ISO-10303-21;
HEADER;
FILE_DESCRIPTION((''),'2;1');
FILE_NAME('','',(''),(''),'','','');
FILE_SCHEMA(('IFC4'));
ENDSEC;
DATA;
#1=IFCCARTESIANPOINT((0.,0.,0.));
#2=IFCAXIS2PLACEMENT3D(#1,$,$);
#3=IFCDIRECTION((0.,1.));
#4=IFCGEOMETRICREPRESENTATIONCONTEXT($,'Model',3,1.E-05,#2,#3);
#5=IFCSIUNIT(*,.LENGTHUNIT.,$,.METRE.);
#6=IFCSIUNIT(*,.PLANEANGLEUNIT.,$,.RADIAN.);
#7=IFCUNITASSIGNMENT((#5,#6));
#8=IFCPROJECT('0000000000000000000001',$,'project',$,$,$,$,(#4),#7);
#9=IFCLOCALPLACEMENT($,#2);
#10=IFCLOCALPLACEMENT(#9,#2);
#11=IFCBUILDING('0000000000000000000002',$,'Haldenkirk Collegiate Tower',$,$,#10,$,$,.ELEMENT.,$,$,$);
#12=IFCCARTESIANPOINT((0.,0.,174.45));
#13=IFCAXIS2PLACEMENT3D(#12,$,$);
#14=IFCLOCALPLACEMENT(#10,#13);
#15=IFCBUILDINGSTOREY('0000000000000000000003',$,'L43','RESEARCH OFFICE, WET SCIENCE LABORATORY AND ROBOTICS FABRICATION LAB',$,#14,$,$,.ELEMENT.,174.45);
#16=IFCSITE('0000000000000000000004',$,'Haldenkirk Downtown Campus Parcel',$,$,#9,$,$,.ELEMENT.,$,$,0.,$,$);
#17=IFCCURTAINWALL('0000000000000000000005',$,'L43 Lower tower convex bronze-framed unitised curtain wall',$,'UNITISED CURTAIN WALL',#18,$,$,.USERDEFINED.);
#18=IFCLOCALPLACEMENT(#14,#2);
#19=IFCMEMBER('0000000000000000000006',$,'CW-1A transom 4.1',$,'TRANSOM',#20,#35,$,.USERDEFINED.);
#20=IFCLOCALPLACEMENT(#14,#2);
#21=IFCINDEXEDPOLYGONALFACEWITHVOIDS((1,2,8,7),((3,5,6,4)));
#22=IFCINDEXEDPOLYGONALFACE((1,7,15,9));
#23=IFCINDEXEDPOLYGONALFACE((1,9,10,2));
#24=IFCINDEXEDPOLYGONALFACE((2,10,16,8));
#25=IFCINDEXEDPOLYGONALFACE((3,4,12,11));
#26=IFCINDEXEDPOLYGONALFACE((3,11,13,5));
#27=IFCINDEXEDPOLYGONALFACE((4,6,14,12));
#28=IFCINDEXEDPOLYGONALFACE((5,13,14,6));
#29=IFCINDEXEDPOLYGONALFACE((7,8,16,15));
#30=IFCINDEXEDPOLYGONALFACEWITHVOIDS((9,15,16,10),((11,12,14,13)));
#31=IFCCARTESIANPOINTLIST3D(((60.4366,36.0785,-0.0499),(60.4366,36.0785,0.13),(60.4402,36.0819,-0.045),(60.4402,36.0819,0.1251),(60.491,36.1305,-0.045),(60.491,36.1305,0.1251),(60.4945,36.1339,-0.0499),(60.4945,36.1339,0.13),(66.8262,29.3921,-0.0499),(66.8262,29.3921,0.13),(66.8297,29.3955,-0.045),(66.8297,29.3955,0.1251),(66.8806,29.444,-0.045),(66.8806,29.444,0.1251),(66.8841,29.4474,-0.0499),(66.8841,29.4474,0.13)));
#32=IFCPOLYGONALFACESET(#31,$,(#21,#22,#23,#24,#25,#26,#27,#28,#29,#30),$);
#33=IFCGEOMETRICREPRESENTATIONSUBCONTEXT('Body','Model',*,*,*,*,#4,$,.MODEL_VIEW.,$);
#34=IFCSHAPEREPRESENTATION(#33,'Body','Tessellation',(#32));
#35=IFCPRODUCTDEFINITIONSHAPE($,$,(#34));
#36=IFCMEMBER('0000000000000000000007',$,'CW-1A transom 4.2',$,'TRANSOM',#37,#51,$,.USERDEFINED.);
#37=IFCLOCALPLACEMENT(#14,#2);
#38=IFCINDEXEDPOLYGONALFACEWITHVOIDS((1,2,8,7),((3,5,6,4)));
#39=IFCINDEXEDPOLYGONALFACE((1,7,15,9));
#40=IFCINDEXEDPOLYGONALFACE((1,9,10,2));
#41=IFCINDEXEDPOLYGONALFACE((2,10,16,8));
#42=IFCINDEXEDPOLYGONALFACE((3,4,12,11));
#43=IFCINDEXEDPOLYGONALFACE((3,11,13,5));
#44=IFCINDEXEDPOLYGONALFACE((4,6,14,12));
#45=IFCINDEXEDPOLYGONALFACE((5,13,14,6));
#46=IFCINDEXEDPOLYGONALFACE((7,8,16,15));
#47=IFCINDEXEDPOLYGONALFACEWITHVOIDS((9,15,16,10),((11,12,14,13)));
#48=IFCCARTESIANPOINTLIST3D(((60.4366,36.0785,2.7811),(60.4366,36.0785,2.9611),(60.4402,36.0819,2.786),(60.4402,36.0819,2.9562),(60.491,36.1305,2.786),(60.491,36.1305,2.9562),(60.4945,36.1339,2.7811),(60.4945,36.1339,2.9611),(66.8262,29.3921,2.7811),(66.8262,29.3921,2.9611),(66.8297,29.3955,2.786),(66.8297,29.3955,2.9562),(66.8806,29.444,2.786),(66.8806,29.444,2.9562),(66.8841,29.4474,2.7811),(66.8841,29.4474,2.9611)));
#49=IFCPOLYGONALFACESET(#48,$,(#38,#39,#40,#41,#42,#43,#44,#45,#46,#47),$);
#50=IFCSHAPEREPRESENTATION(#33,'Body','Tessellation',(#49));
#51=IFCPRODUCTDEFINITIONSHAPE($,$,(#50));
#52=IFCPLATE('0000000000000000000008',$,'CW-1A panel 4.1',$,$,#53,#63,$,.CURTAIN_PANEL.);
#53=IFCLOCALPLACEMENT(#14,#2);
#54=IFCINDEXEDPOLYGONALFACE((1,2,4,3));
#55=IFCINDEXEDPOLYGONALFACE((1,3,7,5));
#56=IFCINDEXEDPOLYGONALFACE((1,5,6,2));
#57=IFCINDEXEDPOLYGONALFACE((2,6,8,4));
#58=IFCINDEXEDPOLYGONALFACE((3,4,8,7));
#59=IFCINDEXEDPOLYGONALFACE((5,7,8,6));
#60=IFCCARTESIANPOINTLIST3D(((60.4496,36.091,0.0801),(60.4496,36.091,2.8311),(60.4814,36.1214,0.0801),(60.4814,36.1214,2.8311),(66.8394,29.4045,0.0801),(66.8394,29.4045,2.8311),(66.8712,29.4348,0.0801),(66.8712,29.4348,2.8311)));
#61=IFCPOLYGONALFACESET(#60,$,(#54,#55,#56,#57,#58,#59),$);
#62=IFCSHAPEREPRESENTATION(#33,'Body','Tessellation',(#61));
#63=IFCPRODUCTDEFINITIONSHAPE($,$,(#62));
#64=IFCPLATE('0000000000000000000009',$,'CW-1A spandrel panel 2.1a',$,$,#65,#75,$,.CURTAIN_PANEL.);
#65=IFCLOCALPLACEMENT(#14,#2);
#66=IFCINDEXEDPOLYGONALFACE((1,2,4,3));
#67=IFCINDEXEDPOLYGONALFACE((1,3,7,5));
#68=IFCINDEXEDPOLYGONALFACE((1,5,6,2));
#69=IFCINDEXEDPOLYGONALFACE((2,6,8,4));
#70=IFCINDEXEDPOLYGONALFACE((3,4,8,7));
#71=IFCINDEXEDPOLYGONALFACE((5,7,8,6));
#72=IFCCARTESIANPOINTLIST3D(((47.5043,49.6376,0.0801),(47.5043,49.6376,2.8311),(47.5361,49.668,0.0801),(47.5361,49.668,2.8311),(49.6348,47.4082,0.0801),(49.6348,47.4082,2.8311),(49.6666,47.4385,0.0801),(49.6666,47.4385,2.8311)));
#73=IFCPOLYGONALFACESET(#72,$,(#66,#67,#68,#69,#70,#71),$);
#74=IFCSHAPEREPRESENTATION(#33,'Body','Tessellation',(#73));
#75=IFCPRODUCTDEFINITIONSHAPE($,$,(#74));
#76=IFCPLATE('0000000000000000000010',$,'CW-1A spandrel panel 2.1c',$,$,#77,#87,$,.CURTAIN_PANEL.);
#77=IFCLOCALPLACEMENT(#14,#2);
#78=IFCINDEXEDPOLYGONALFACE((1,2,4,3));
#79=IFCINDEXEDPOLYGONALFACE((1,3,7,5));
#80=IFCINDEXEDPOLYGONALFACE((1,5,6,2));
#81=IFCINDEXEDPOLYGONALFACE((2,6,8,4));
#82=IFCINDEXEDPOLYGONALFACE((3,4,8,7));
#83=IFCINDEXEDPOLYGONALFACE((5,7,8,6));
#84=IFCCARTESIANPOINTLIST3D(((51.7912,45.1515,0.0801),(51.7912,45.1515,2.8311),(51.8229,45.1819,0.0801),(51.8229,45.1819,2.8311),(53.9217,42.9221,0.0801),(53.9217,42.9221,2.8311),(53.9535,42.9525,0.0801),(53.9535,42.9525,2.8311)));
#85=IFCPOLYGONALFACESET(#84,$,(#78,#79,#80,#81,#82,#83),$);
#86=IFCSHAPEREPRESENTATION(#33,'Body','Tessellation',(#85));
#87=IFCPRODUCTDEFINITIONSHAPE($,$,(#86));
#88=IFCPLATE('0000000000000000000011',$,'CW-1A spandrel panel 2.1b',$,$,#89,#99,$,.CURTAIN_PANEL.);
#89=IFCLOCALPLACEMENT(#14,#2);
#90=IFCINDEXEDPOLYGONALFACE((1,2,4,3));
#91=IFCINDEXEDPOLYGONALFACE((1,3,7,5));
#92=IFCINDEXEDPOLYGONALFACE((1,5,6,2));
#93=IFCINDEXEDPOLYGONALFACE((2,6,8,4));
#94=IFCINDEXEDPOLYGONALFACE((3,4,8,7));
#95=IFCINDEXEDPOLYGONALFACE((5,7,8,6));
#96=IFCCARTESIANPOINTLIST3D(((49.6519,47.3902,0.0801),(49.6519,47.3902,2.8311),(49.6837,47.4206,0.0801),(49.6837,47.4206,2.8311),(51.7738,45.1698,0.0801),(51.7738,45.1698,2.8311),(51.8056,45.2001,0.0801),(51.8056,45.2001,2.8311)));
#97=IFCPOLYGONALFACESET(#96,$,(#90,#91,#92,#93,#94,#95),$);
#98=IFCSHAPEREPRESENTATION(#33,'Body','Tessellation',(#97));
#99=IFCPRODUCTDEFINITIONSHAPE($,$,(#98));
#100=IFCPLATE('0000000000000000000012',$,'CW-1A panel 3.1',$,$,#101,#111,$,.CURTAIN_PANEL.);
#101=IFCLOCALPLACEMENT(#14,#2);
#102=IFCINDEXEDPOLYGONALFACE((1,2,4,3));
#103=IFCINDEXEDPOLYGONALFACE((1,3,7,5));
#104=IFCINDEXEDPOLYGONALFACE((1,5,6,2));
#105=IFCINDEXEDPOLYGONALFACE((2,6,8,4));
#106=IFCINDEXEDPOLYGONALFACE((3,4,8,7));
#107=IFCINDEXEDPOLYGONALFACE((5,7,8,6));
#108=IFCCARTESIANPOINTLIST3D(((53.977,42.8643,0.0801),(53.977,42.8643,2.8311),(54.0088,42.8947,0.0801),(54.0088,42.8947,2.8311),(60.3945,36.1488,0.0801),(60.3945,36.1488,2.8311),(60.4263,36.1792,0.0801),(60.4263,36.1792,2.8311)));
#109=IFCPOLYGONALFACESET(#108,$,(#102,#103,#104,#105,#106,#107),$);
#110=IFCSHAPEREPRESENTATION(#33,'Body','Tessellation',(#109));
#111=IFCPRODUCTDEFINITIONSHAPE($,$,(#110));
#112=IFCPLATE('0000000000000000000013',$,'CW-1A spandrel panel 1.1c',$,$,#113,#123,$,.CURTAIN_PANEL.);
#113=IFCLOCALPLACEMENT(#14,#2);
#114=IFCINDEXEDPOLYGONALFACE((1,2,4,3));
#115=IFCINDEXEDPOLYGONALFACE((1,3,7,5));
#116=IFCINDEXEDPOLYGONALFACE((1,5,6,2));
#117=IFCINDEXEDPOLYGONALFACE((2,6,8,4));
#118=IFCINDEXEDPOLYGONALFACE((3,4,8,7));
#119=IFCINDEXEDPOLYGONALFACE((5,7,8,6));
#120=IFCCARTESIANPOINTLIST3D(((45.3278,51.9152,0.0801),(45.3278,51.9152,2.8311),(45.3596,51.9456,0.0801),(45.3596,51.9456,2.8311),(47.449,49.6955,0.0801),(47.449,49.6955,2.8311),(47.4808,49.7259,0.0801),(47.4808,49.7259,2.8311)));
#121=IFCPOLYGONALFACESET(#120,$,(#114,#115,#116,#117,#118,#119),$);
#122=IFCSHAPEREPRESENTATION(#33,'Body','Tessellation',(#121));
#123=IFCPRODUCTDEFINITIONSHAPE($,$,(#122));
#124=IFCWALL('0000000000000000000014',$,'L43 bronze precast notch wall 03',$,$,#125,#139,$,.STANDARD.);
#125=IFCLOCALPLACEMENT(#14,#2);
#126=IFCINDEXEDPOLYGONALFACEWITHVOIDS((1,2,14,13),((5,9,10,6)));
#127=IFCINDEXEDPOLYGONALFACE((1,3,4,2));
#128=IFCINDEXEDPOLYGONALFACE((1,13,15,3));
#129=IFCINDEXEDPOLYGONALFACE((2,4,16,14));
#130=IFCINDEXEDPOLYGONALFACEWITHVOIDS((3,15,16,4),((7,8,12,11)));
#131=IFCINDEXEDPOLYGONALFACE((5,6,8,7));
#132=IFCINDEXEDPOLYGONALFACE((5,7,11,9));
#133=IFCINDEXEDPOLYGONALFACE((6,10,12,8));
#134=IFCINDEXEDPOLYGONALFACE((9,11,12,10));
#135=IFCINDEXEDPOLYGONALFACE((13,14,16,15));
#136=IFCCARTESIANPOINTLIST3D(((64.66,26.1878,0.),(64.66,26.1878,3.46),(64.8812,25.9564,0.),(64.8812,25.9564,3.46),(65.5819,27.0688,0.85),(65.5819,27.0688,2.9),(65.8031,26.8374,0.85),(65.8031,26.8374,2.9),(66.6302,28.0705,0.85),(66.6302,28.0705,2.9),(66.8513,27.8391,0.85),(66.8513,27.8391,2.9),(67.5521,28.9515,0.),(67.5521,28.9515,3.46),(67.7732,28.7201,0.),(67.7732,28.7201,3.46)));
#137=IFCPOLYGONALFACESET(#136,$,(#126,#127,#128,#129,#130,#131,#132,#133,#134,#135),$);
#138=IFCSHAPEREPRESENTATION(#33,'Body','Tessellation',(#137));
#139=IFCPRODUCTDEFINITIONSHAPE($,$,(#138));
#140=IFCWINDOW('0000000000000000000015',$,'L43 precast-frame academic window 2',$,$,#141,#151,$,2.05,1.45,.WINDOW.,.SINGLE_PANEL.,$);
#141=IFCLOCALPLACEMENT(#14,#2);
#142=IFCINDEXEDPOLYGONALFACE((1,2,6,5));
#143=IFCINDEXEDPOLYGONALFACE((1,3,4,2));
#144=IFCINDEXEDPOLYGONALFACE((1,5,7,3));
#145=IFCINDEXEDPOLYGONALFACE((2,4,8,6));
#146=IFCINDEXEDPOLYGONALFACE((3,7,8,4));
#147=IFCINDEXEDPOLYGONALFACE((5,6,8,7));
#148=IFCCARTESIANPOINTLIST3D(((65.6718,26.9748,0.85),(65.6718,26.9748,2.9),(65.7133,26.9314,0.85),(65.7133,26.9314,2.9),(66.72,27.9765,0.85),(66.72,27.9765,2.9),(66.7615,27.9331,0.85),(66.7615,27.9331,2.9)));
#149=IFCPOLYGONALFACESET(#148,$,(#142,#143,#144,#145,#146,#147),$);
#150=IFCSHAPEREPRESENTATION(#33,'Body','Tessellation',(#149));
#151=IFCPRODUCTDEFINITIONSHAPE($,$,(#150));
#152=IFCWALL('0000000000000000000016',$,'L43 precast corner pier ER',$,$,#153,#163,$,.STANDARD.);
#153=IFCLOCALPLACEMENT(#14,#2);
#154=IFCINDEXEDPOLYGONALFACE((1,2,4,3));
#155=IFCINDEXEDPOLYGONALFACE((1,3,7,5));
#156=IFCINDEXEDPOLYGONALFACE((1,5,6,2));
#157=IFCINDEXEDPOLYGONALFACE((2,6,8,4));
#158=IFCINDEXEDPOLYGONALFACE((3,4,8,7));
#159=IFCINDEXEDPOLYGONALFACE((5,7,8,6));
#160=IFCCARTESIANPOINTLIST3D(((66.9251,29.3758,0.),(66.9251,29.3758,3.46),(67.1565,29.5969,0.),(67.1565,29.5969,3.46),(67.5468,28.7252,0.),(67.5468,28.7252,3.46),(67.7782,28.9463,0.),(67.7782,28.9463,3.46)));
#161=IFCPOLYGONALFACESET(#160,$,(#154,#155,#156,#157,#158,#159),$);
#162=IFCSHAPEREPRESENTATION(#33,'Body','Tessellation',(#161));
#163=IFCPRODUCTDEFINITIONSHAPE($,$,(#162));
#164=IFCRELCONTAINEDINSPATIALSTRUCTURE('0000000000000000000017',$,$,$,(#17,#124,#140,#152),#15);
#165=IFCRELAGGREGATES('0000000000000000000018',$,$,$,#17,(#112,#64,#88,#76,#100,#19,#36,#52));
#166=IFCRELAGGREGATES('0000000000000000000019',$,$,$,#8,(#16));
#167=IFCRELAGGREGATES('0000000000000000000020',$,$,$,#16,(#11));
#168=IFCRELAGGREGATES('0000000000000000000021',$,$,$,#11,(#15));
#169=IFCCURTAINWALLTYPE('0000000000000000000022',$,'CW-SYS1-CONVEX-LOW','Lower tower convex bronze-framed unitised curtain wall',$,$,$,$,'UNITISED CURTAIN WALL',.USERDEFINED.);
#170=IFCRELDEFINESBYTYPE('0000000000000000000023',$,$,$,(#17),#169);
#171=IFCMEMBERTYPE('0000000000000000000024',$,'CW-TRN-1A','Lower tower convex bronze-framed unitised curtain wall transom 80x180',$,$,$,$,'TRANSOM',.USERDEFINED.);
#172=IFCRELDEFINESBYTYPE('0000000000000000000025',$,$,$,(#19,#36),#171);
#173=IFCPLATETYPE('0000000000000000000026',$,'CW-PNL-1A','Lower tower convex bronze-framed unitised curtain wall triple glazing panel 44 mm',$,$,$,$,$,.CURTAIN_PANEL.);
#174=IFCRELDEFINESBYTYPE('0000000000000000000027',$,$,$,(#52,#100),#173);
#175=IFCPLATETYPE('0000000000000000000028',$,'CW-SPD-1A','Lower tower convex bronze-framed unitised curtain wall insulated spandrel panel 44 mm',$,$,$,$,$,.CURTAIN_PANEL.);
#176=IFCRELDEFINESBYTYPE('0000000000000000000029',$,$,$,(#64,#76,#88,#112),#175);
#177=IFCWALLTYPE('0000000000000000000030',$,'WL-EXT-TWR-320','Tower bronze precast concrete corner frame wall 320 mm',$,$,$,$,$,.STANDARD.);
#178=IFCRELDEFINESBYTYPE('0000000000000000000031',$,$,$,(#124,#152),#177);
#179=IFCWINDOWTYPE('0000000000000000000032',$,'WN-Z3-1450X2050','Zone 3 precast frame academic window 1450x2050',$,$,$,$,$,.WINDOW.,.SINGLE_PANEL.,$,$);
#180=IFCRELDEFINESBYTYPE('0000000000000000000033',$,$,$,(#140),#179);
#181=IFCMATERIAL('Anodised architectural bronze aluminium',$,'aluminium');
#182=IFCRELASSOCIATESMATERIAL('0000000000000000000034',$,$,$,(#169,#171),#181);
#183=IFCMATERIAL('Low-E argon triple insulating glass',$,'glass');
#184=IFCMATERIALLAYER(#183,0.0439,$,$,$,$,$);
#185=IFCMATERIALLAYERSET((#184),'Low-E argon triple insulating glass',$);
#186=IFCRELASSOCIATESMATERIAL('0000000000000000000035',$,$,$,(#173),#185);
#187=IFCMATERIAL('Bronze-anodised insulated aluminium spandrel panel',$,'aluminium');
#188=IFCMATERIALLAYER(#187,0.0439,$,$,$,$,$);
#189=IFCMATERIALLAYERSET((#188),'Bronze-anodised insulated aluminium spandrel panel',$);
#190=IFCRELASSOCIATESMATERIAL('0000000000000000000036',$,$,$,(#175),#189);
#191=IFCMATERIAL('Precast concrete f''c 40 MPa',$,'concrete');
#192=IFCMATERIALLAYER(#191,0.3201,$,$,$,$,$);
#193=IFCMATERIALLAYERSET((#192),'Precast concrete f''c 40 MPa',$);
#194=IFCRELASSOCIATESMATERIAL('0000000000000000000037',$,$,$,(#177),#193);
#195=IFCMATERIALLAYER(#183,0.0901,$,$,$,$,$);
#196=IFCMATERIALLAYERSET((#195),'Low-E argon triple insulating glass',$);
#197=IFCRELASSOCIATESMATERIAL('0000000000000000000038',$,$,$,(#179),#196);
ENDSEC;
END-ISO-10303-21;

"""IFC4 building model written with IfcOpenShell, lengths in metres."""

from ifc_helpers import new_model, si_unit, direction, frame, frame_2d, origin, origin_2d, place, context, subcontext, project, spatial, rectangle, hollow_rectangle, extrude, source, transform, mapped, material, layer, layer_set, material_profile, profile_set, type_object, element, fill, aggregate, save


model = new_model("IFC4")

# Units and contexts
model_context = context("Model", 3, precision=1e-05, world=origin(), true_north=direction((0.0, 1.0)))
body_context = subcontext(model_context, "Body", "Model", "MODEL_VIEW")
ifc_project = project(units=[si_unit("LENGTHUNIT", "METRE"), si_unit("PLANEANGLEUNIT", "RADIAN")], contexts=[model_context])

# Site, building, storey
site_placement = place(None, origin())
site = spatial("IfcSite", under=ifc_project, at=site_placement, Name="Haldenkirk Downtown Campus Parcel", CompositionType="ELEMENT", RefElevation=0.0)
building_placement = place(site_placement, origin())
building = spatial("IfcBuilding", under=site, at=building_placement, Name="Haldenkirk Collegiate Tower", CompositionType="ELEMENT")
storey_placement = place(building_placement, frame((0.0, 0.0, 174.45)))
storey = spatial("IfcBuildingStorey", under=building, at=storey_placement, Name="L43", Description="RESEARCH OFFICE, WET SCIENCE LABORATORY AND ROBOTICS FABRICATION LAB", CompositionType="ELEMENT", Elevation=174.45)

# Curtain wall, members, plates
ifc_material_1 = material(Name="Anodised architectural bronze aluminium", Category="aluminium")
curtain_wall_type = type_object("IfcCurtainWallType", Name="CW-SYS1-CONVEX-LOW", Description="Lower tower convex bronze-framed unitised curtain wall", ElementType="UNITISED CURTAIN WALL", PredefinedType="USERDEFINED", material=ifc_material_1)
curtain_wall_placement = place(storey_placement, origin())
curtain_wall = element("IfcCurtainWall", 1, at=curtain_wall_placement, inside=storey, type_object=curtain_wall_type, Name="L43 Lower tower convex bronze-framed unitised curtain wall", ObjectType="UNITISED CURTAIN WALL", PredefinedType="USERDEFINED")
ifc_material_profile_1 = material_profile(ifc_material_1, hollow_rectangle(XDim=0.0801, YDim=0.1799, WallThickness=0.0049, at=origin_2d()), Name="CW-TRN-1A")
ifc_profile_set_1 = profile_set([ifc_material_profile_1], Name="Anodised architectural bronze aluminium")
member_type_1 = type_object("IfcMemberType", Name="CW-TRN-1A", Description="Lower tower convex bronze-framed unitised curtain wall transom 80x180", ElementType="TRANSOM", PredefinedType="USERDEFINED", material=ifc_profile_set_1)
member_1_placement = place(storey_placement, frame((60.4656, 36.1062, 0.04), z_axis=(0.690875, -0.722974, 0.0), x_axis=(0.722974, 0.690875, 0.0)))
member_1 = element("IfcMember", 2, at=member_1_placement, type_object=member_type_1, Name="CW-1A transom 4.1", ObjectType="TRANSOM", PredefinedType="USERDEFINED", context=body_context, shape_type="SweptSolid", body=[
    extrude(hollow_rectangle(XDim=0.0801, YDim=0.1799, WallThickness=0.0049, at=origin_2d()), origin(), (0.0, 0.0, 1.0), 9.2485),
])
member_2_placement = place(storey_placement, frame((60.4656, 36.1062, 2.8711), z_axis=(0.690875, -0.722974, 0.0), x_axis=(0.722974, 0.690875, 0.0)))
member_2 = element("IfcMember", 3, at=member_2_placement, type_object=member_type_1, Name="CW-1A transom 4.2", ObjectType="TRANSOM", PredefinedType="USERDEFINED", context=body_context, shape_type="SweptSolid", body=[
    extrude(hollow_rectangle(XDim=0.0801, YDim=0.1799, WallThickness=0.0049, at=origin_2d()), origin(), (0.0, 0.0, 1.0), 9.2485),
])
ifc_material_2 = material(Name="Low-E argon triple insulating glass", Category="glass")
ifc_layer_1 = layer(ifc_material_2, 0.0439)
ifc_layer_set_1 = layer_set([ifc_layer_1], Name="Low-E argon triple insulating glass")
plate_type_1 = type_object("IfcPlateType", Name="CW-PNL-1A", Description="Lower tower convex bronze-framed unitised curtain wall triple glazing panel 44 mm", PredefinedType="CURTAIN_PANEL", material=ifc_layer_set_1)
shared_shape_1 = source(origin(), body_context, "Body", "SweptSolid", [
    extrude(rectangle(XDim=9.2488, YDim=0.0439, at=origin_2d()), origin(), (0.0, 0.0, 1.0), 2.751),
])
plate_1_placement = place(storey_placement, frame((63.6604, 32.7629, 0.0801), z_axis=(0.0, 0.0, 1.0), x_axis=(0.690883, -0.722966, 0.0)))
plate_1 = element("IfcPlate", 4, at=plate_1_placement, type_object=plate_type_1, Name="CW-1A panel 4.1", PredefinedType="CURTAIN_PANEL", context=body_context, shape_type="MappedRepresentation", body=[
    mapped(shared_shape_1, transform((0.0, 0.0, 0.0), x_axis=(1.0, 0.0, 0.0), y_axis=(0.0, 1.0, 0.0), z_axis=(0.0, 0.0, 1.0), scale=1.0)),
])
ifc_material_3 = material(Name="Bronze-anodised insulated aluminium spandrel panel", Category="aluminium")
ifc_layer_2 = layer(ifc_material_3, 0.0439)
ifc_layer_set_2 = layer_set([ifc_layer_2], Name="Bronze-anodised insulated aluminium spandrel panel")
plate_type_2 = type_object("IfcPlateType", Name="CW-SPD-1A", Description="Lower tower convex bronze-framed unitised curtain wall insulated spandrel panel 44 mm", PredefinedType="CURTAIN_PANEL", material=ifc_layer_set_2)
shared_shape_2 = source(origin(), body_context, "Body", "SweptSolid", [
    extrude(rectangle(XDim=3.0837, YDim=0.0439, at=origin_2d()), origin(), (0.0, 0.0, 1.0), 2.751),
])
plate_2_placement = place(storey_placement, frame((48.5854, 48.5381, 0.0801), z_axis=(0.0, 0.0, 1.0), x_axis=(0.690883, -0.722966, 0.0)))
plate_2 = element("IfcPlate", 5, at=plate_2_placement, type_object=plate_type_2, Name="CW-1A spandrel panel 2.1a", PredefinedType="CURTAIN_PANEL", context=body_context, shape_type="MappedRepresentation", body=[
    mapped(shared_shape_2, transform((0.0, 0.0, 0.0), x_axis=(1.0, 0.0, 0.0), y_axis=(0.0, 1.0, 0.0), z_axis=(0.0, 0.0, 1.0), scale=1.0)),
])
plate_3_placement = place(storey_placement, frame((52.8723, 44.052, 0.0801), z_axis=(0.0, 0.0, 1.0), x_axis=(0.690883, -0.722966, 0.0)))
plate_3 = element("IfcPlate", 6, at=plate_3_placement, type_object=plate_type_2, Name="CW-1A spandrel panel 2.1c", PredefinedType="CURTAIN_PANEL", context=body_context, shape_type="MappedRepresentation", body=[
    mapped(shared_shape_2, transform((0.0, 0.0, 0.0), x_axis=(1.0, 0.0, 0.0), y_axis=(0.0, 1.0, 0.0), z_axis=(0.0, 0.0, 1.0), scale=1.0)),
])
shared_shape_3 = source(origin(), body_context, "Body", "SweptSolid", [
    extrude(rectangle(XDim=3.0713, YDim=0.0439, at=origin_2d()), origin(), (0.0, 0.0, 1.0), 2.751),
])
plate_4_placement = place(storey_placement, frame((50.7288, 46.2952, 0.0801), z_axis=(0.0, 0.0, 1.0), x_axis=(0.690883, -0.722966, 0.0)))
plate_4 = element("IfcPlate", 7, at=plate_4_placement, type_object=plate_type_2, Name="CW-1A spandrel panel 2.1b", PredefinedType="CURTAIN_PANEL", context=body_context, shape_type="MappedRepresentation", body=[
    mapped(shared_shape_3, transform((0.0, 0.0, 0.0), x_axis=(1.0, 0.0, 0.0), y_axis=(0.0, 1.0, 0.0), z_axis=(0.0, 0.0, 1.0), scale=1.0)),
])
shared_shape_4 = source(origin(), body_context, "Body", "SweptSolid", [
    extrude(rectangle(XDim=9.2888, YDim=0.0439, at=origin_2d()), origin(), (0.0, 0.0, 1.0), 2.751),
])
plate_5_placement = place(storey_placement, frame((57.2017, 39.5217, 0.0801), z_axis=(0.0, 0.0, 1.0), x_axis=(0.690883, -0.722966, 0.0)))
plate_5 = element("IfcPlate", 8, at=plate_5_placement, type_object=plate_type_1, Name="CW-1A panel 3.1", PredefinedType="CURTAIN_PANEL", context=body_context, shape_type="MappedRepresentation", body=[
    mapped(shared_shape_4, transform((0.0, 0.0, 0.0), x_axis=(1.0, 0.0, 0.0), y_axis=(0.0, 1.0, 0.0), z_axis=(0.0, 0.0, 1.0), scale=1.0)),
])
shared_shape_5 = source(origin(), body_context, "Body", "SweptSolid", [
    extrude(rectangle(XDim=3.0703, YDim=0.0439, at=origin_2d()), origin(), (0.0, 0.0, 1.0), 2.751),
])
plate_6_placement = place(storey_placement, frame((46.4043, 50.8206, 0.0801), z_axis=(0.0, 0.0, 1.0), x_axis=(0.690883, -0.722966, 0.0)))
plate_6 = element("IfcPlate", 9, at=plate_6_placement, type_object=plate_type_2, Name="CW-1A spandrel panel 1.1c", PredefinedType="CURTAIN_PANEL", context=body_context, shape_type="MappedRepresentation", body=[
    mapped(shared_shape_5, transform((0.0, 0.0, 0.0), x_axis=(1.0, 0.0, 0.0), y_axis=(0.0, 1.0, 0.0), z_axis=(0.0, 0.0, 1.0), scale=1.0)),
])
aggregate(curtain_wall, [plate_6, plate_2, plate_4, plate_3, plate_5, member_1, member_2, plate_1])

# Wall, opening, window
ifc_material_4 = material(Name="Precast concrete f'c 40 MPa", Category="concrete")
ifc_layer_3 = layer(ifc_material_4, 0.3201)
ifc_layer_set_3 = layer_set([ifc_layer_3], Name="Precast concrete f'c 40 MPa")
wall_type_1 = type_object("IfcWallType", Name="WL-EXT-TWR-320", Description="Tower bronze precast concrete corner frame wall 320 mm", PredefinedType="STANDARD", material=ifc_layer_set_3)
wall_1_placement = place(storey_placement, frame((67.6626, 28.8357, 0.0), z_axis=(0.0, 0.0, 1.0), x_axis=(-0.722976, -0.690873, 0.0)))
wall_1 = element("IfcWall", 10, at=wall_1_placement, inside=storey, type_object=wall_type_1, Name="L43 bronze precast notch wall 03", PredefinedType="STANDARD", context=body_context, shape_type="SweptSolid", body=[
    extrude(rectangle(XDim=4.0002, YDim=0.3201, at=frame_2d((2.0, 0.0))), origin(), (0.0, 0.0, 1.0), 3.46),
])
opening_placement = place(wall_1_placement, frame((1.2749, 0.0, 0.8501)))
opening = element("IfcOpeningElement", 11, at=opening_placement, cuts=wall_1, PredefinedType="OPENING", context=body_context, shape_type="SweptSolid", body=[
    extrude(rectangle(XDim=1.45, YDim=2.05, at=frame_2d((0.7251, 1.0249))), frame((0.0, 0.1699, 0.0), z_axis=(0.0, -1.0, 0.0), x_axis=(1.0, 0.0, 0.0)), (0.0, 0.0, 1.0), 0.3401),
])
ifc_layer_4 = layer(ifc_material_2, 0.0901)
ifc_layer_set_4 = layer_set([ifc_layer_4], Name="Low-E argon triple insulating glass")
window_type = type_object("IfcWindowType", Name="WN-Z3-1450X2050", Description="Zone 3 precast frame academic window 1450x2050", PartitioningType="SINGLE_PANEL", PredefinedType="WINDOW", material=ifc_layer_set_4)
window_placement = place(opening_placement, origin())
window = element("IfcWindow", 12, at=window_placement, inside=storey, type_object=window_type, Name="L43 precast-frame academic window 2", OverallHeight=2.05, OverallWidth=1.45, PartitioningType="SINGLE_PANEL", PredefinedType="WINDOW", context=body_context, shape_type="SweptSolid", body=[
    extrude(rectangle(XDim=1.45, YDim=2.05, at=frame_2d((0.7251, 1.0249))), frame((0.0, 0.03, 0.0), z_axis=(0.0, -1.0, 0.0), x_axis=(1.0, 0.0, 0.0)), (0.0, 0.0, 1.0), 0.0601),
])
fill(opening, window)

# Wall
wall_2_placement = place(storey_placement, frame((67.0408, 29.4863, 0.0), z_axis=(0.0, 0.0, 1.0), x_axis=(0.690921, -0.72293, 0.0)))
element("IfcWall", 13, at=wall_2_placement, inside=storey, type_object=wall_type_1, Name="L43 precast corner pier ER", PredefinedType="STANDARD", context=body_context, shape_type="SweptSolid", body=[
    extrude(rectangle(XDim=0.8999, YDim=0.3201, at=frame_2d((0.45, 0.0))), origin(), (0.0, 0.0, 1.0), 3.46),
])

save(model, "model.ifc")
